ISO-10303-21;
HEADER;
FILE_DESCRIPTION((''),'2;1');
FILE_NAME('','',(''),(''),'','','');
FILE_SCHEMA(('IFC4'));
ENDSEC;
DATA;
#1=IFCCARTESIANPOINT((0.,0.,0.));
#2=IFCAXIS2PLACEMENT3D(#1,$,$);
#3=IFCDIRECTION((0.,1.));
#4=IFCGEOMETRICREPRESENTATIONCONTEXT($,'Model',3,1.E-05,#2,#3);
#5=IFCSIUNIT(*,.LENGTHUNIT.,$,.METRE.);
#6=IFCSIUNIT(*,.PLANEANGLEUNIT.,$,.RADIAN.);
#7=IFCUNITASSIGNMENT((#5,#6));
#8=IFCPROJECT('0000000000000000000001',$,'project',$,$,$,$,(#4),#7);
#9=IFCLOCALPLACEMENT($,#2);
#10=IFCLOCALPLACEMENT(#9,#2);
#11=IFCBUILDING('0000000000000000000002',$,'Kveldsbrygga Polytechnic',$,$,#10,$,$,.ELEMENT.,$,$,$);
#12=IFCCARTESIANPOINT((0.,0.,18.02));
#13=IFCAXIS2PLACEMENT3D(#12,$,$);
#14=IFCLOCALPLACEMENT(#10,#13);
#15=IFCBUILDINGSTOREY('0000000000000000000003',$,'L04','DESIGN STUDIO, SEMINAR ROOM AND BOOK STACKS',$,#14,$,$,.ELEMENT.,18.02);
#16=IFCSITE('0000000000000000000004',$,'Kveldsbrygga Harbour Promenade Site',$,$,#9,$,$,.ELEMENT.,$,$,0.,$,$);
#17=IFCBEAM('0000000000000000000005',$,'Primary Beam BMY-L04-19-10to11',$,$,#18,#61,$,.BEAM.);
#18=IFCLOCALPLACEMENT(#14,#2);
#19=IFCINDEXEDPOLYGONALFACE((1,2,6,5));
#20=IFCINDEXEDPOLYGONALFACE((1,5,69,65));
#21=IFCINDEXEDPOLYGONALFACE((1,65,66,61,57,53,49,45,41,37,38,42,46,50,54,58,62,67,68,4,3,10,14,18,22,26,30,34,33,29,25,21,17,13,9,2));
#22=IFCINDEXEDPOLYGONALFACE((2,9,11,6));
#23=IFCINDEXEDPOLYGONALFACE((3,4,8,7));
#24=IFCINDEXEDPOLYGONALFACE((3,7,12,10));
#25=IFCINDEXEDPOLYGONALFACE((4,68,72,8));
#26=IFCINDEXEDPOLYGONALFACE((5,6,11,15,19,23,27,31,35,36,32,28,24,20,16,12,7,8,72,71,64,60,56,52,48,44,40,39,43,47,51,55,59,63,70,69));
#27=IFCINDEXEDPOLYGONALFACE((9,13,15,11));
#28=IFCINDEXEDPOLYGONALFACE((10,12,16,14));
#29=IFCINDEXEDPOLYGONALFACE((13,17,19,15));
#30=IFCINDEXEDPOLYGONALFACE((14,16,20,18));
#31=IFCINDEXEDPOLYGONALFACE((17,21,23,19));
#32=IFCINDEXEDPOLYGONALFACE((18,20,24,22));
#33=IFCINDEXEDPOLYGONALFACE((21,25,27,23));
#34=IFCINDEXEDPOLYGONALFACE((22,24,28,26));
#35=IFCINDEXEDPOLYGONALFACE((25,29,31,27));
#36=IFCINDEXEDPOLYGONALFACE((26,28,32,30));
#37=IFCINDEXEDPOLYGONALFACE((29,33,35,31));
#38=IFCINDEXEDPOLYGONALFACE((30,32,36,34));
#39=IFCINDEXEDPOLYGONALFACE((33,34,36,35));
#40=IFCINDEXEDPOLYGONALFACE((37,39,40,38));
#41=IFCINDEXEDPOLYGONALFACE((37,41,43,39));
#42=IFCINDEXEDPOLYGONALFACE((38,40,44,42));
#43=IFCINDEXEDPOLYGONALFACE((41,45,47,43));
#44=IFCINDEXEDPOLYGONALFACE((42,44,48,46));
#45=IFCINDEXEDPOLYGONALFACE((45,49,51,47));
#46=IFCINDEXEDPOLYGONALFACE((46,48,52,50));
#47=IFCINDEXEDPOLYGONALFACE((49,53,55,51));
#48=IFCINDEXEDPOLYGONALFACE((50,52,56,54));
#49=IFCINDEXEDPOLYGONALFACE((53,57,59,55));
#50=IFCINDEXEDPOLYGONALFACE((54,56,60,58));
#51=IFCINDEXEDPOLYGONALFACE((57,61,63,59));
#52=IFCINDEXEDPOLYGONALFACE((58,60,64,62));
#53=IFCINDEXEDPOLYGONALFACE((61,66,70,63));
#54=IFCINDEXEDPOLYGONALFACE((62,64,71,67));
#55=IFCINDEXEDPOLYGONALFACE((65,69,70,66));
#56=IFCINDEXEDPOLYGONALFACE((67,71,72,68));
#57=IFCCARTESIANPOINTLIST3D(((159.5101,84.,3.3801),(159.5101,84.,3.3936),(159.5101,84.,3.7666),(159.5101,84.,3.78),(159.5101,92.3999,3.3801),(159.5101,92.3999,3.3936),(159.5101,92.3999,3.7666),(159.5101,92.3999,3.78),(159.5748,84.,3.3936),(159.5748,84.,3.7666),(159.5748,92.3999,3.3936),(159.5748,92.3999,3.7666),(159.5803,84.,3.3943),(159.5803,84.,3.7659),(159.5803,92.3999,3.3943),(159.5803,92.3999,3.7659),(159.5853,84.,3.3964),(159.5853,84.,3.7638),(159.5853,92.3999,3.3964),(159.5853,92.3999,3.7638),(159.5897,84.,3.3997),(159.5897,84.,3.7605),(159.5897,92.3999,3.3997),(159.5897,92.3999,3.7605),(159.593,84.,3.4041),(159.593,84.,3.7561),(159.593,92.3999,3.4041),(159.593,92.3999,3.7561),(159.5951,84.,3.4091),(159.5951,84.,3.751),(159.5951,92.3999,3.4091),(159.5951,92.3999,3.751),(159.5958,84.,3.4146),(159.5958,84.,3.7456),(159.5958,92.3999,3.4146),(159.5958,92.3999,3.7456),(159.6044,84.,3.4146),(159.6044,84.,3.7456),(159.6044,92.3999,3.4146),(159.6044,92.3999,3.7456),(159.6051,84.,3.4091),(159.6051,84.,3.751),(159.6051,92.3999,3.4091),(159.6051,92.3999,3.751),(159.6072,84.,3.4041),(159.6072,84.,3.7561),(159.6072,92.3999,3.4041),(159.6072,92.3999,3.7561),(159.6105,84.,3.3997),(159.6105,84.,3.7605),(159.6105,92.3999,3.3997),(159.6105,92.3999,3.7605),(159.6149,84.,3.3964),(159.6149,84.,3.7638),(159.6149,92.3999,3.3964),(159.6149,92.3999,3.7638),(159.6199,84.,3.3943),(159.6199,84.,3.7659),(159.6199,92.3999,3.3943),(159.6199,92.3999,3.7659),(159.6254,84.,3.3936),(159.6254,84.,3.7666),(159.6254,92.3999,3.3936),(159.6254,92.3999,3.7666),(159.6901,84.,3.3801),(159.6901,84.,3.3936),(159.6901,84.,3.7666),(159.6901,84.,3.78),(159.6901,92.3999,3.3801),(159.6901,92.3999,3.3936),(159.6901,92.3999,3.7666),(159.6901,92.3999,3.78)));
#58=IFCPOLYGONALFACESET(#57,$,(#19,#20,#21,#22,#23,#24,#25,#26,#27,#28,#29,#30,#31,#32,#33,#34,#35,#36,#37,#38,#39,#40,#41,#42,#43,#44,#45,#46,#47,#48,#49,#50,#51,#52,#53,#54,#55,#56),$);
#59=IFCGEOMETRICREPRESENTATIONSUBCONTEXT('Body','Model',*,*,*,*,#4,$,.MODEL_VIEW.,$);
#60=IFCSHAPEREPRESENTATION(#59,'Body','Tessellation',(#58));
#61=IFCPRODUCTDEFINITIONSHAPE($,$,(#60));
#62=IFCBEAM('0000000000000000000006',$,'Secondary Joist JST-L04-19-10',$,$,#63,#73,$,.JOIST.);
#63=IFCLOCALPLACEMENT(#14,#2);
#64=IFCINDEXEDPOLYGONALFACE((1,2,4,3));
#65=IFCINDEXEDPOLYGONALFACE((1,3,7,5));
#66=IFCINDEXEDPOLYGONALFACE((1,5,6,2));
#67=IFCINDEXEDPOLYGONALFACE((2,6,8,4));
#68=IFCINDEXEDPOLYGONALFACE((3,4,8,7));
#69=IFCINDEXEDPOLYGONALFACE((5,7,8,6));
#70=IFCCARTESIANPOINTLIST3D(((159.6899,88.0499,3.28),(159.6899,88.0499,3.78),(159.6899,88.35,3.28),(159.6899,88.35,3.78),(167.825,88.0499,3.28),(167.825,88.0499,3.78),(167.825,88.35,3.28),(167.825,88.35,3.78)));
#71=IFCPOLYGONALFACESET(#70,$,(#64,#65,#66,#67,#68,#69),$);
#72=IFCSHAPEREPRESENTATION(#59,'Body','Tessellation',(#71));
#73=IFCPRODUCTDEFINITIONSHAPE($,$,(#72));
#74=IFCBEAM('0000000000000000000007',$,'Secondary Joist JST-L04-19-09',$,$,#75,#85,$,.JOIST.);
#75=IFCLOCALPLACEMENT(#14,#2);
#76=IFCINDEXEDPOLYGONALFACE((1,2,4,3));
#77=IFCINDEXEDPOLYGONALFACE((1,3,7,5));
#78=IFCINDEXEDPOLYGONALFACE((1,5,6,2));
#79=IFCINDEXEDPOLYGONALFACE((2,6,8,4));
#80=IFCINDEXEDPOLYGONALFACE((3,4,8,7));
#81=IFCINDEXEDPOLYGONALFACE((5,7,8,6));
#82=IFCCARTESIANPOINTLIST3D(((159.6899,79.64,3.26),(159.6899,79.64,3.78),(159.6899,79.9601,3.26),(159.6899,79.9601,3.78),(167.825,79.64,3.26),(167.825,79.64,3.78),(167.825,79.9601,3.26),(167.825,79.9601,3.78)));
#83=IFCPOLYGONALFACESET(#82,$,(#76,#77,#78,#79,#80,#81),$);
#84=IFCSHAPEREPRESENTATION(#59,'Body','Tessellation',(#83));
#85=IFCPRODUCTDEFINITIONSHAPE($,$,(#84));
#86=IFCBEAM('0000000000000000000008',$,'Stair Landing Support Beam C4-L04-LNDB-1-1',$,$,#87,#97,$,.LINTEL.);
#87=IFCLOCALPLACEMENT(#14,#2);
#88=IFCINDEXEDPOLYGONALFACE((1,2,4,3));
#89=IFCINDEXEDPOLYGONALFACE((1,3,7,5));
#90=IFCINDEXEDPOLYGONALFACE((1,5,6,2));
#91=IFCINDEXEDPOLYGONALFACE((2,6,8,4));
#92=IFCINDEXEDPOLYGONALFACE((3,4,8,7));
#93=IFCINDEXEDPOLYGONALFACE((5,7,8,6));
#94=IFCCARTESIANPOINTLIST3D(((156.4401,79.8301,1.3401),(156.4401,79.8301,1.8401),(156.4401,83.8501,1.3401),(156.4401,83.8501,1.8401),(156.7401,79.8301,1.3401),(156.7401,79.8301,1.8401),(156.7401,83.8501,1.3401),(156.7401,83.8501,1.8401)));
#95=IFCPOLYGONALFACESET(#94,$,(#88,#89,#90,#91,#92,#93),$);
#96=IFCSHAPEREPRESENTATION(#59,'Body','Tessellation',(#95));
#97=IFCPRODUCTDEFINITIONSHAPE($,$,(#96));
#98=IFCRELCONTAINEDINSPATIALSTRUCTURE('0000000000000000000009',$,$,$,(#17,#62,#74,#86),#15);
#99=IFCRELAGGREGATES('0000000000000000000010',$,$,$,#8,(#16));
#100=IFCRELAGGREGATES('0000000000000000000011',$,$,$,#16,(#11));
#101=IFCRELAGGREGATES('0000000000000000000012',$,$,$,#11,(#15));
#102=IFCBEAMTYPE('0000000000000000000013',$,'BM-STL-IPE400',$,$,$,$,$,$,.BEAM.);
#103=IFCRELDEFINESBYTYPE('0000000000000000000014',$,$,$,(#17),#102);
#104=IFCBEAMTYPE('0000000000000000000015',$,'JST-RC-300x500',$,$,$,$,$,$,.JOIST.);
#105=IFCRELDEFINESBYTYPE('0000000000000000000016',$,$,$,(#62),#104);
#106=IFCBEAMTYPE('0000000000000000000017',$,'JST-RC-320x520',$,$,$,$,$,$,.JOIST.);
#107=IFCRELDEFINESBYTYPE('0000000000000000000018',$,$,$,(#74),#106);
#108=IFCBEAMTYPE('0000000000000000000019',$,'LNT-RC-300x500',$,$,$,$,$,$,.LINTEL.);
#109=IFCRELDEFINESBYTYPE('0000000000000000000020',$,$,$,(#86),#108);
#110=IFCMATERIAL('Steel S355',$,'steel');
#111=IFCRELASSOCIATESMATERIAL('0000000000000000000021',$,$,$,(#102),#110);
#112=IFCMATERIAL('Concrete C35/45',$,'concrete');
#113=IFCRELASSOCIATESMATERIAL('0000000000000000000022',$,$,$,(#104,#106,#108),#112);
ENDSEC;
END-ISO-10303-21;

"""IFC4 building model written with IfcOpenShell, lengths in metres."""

from ifc_helpers import new_model, si_unit, direction, frame, origin, origin_2d, place, context, subcontext, project, spatial, rectangle, i_section, extrude, material, material_profile, profile_set, type_object, element, save


model = new_model("IFC4")

# Units and contexts
model_context = context("Model", 3, precision=1e-05, world=origin(), true_north=direction((0.0, 1.0)))
body_context = subcontext(model_context, "Body", "Model", "MODEL_VIEW")
ifc_project = project(units=[si_unit("LENGTHUNIT", "METRE"), si_unit("PLANEANGLEUNIT", "RADIAN")], contexts=[model_context])

# Site, building, storey
site_placement = place(None, origin())
site = spatial("IfcSite", under=ifc_project, at=site_placement, Name="Kveldsbrygga Harbour Promenade Site", CompositionType="ELEMENT", RefElevation=0.0)
building_placement = place(site_placement, origin())
building = spatial("IfcBuilding", under=site, at=building_placement, Name="Kveldsbrygga Polytechnic", CompositionType="ELEMENT")
storey_placement = place(building_placement, frame((0.0, 0.0, 18.02)))
storey = spatial("IfcBuildingStorey", under=building, at=storey_placement, Name="L04", Description="DESIGN STUDIO, SEMINAR ROOM AND BOOK STACKS", CompositionType="ELEMENT", Elevation=18.02)

# Beams
ifc_material_1 = material(Name="Concrete C35/45", Category="concrete")
ifc_material_2 = material(Name="Steel S355", Category="steel")
ifc_material_profile_1 = material_profile(ifc_material_2, i_section(OverallWidth=0.1799, OverallDepth=0.3999, WebThickness=0.0085, FlangeThickness=0.0134, FilletRadius=0.021, at=origin_2d()), Name="IPE 400")
ifc_profile_set_1 = profile_set([ifc_material_profile_1], Name="Steel S355")
beam_type_1 = type_object("IfcBeamType", Name="BM-STL-IPE400", PredefinedType="BEAM", material=ifc_profile_set_1)
for number, where, z_axis, x_axis, name in (
    (1, (159.6001, 84.0, 3.5801), (0.0, 1.0, 0.0), (-1.0, 0.0, 0.0), "Primary Beam BMY-L04-19-10to11"),
):
    element("IfcBeam", number, at=place(storey_placement, frame(where, z_axis=z_axis, x_axis=x_axis)), inside=storey, type_object=beam_type_1, Name=name, PredefinedType="BEAM", context=body_context, shape_type="SweptSolid", body=[
        extrude(i_section(OverallWidth=0.1799, OverallDepth=0.3999, WebThickness=0.0085, FlangeThickness=0.0134, FilletRadius=0.021, at=origin_2d()), origin(), (0.0, 0.0, 1.0), 8.3999),
    ])
ifc_material_profile_2 = material_profile(ifc_material_1, rectangle(XDim=0.3, YDim=0.5, at=origin_2d()), Name="RC 300x500")
ifc_profile_set_2 = profile_set([ifc_material_profile_2], Name="Concrete C35/45")
beam_type_2 = type_object("IfcBeamType", Name="JST-RC-300x500", PredefinedType="JOIST", material=ifc_profile_set_2)
beam_1_placement = place(storey_placement, frame((159.6899, 88.2, 3.53), z_axis=(1.0, 0.0, 0.0), x_axis=(0.0, 1.0, 0.0)))
element("IfcBeam", 2, at=beam_1_placement, inside=storey, type_object=beam_type_2, Name="Secondary Joist JST-L04-19-10", PredefinedType="JOIST", context=body_context, shape_type="SweptSolid", body=[
    extrude(rectangle(XDim=0.3, YDim=0.5, at=origin_2d()), origin(), (0.0, 0.0, 1.0), 8.135),
])
ifc_material_profile_3 = material_profile(ifc_material_1, rectangle(XDim=0.3201, YDim=0.52, at=origin_2d()), Name="RC 320x520")
ifc_profile_set_3 = profile_set([ifc_material_profile_3], Name="Concrete C35/45")
beam_type_3 = type_object("IfcBeamType", Name="JST-RC-320x520", PredefinedType="JOIST", material=ifc_profile_set_3)
beam_2_placement = place(storey_placement, frame((159.6899, 79.8, 3.52), z_axis=(1.0, 0.0, 0.0), x_axis=(0.0, 1.0, 0.0)))
element("IfcBeam", 3, at=beam_2_placement, inside=storey, type_object=beam_type_3, Name="Secondary Joist JST-L04-19-09", PredefinedType="JOIST", context=body_context, shape_type="SweptSolid", body=[
    extrude(rectangle(XDim=0.3201, YDim=0.52, at=origin_2d()), origin(), (0.0, 0.0, 1.0), 8.135),
])
ifc_material_profile_4 = material_profile(ifc_material_1, rectangle(XDim=0.3, YDim=0.5, at=origin_2d()), Name="RC 300x500")
ifc_profile_set_4 = profile_set([ifc_material_profile_4], Name="Concrete C35/45")
beam_type_4 = type_object("IfcBeamType", Name="LNT-RC-300x500", PredefinedType="LINTEL", material=ifc_profile_set_4)
beam_3_placement = place(storey_placement, frame((156.5901, 79.8301, 1.5901), z_axis=(0.0, 1.0, 0.0), x_axis=(-1.0, 0.0, 0.0)))
element("IfcBeam", 4, at=beam_3_placement, inside=storey, type_object=beam_type_4, Name="Stair Landing Support Beam C4-L04-LNDB-1-1", PredefinedType="LINTEL", context=body_context, shape_type="SweptSolid", body=[
    extrude(rectangle(XDim=0.3, YDim=0.5, at=origin_2d()), origin(), (0.0, 0.0, 1.0), 4.02),
])

save(model, "model.ifc")
